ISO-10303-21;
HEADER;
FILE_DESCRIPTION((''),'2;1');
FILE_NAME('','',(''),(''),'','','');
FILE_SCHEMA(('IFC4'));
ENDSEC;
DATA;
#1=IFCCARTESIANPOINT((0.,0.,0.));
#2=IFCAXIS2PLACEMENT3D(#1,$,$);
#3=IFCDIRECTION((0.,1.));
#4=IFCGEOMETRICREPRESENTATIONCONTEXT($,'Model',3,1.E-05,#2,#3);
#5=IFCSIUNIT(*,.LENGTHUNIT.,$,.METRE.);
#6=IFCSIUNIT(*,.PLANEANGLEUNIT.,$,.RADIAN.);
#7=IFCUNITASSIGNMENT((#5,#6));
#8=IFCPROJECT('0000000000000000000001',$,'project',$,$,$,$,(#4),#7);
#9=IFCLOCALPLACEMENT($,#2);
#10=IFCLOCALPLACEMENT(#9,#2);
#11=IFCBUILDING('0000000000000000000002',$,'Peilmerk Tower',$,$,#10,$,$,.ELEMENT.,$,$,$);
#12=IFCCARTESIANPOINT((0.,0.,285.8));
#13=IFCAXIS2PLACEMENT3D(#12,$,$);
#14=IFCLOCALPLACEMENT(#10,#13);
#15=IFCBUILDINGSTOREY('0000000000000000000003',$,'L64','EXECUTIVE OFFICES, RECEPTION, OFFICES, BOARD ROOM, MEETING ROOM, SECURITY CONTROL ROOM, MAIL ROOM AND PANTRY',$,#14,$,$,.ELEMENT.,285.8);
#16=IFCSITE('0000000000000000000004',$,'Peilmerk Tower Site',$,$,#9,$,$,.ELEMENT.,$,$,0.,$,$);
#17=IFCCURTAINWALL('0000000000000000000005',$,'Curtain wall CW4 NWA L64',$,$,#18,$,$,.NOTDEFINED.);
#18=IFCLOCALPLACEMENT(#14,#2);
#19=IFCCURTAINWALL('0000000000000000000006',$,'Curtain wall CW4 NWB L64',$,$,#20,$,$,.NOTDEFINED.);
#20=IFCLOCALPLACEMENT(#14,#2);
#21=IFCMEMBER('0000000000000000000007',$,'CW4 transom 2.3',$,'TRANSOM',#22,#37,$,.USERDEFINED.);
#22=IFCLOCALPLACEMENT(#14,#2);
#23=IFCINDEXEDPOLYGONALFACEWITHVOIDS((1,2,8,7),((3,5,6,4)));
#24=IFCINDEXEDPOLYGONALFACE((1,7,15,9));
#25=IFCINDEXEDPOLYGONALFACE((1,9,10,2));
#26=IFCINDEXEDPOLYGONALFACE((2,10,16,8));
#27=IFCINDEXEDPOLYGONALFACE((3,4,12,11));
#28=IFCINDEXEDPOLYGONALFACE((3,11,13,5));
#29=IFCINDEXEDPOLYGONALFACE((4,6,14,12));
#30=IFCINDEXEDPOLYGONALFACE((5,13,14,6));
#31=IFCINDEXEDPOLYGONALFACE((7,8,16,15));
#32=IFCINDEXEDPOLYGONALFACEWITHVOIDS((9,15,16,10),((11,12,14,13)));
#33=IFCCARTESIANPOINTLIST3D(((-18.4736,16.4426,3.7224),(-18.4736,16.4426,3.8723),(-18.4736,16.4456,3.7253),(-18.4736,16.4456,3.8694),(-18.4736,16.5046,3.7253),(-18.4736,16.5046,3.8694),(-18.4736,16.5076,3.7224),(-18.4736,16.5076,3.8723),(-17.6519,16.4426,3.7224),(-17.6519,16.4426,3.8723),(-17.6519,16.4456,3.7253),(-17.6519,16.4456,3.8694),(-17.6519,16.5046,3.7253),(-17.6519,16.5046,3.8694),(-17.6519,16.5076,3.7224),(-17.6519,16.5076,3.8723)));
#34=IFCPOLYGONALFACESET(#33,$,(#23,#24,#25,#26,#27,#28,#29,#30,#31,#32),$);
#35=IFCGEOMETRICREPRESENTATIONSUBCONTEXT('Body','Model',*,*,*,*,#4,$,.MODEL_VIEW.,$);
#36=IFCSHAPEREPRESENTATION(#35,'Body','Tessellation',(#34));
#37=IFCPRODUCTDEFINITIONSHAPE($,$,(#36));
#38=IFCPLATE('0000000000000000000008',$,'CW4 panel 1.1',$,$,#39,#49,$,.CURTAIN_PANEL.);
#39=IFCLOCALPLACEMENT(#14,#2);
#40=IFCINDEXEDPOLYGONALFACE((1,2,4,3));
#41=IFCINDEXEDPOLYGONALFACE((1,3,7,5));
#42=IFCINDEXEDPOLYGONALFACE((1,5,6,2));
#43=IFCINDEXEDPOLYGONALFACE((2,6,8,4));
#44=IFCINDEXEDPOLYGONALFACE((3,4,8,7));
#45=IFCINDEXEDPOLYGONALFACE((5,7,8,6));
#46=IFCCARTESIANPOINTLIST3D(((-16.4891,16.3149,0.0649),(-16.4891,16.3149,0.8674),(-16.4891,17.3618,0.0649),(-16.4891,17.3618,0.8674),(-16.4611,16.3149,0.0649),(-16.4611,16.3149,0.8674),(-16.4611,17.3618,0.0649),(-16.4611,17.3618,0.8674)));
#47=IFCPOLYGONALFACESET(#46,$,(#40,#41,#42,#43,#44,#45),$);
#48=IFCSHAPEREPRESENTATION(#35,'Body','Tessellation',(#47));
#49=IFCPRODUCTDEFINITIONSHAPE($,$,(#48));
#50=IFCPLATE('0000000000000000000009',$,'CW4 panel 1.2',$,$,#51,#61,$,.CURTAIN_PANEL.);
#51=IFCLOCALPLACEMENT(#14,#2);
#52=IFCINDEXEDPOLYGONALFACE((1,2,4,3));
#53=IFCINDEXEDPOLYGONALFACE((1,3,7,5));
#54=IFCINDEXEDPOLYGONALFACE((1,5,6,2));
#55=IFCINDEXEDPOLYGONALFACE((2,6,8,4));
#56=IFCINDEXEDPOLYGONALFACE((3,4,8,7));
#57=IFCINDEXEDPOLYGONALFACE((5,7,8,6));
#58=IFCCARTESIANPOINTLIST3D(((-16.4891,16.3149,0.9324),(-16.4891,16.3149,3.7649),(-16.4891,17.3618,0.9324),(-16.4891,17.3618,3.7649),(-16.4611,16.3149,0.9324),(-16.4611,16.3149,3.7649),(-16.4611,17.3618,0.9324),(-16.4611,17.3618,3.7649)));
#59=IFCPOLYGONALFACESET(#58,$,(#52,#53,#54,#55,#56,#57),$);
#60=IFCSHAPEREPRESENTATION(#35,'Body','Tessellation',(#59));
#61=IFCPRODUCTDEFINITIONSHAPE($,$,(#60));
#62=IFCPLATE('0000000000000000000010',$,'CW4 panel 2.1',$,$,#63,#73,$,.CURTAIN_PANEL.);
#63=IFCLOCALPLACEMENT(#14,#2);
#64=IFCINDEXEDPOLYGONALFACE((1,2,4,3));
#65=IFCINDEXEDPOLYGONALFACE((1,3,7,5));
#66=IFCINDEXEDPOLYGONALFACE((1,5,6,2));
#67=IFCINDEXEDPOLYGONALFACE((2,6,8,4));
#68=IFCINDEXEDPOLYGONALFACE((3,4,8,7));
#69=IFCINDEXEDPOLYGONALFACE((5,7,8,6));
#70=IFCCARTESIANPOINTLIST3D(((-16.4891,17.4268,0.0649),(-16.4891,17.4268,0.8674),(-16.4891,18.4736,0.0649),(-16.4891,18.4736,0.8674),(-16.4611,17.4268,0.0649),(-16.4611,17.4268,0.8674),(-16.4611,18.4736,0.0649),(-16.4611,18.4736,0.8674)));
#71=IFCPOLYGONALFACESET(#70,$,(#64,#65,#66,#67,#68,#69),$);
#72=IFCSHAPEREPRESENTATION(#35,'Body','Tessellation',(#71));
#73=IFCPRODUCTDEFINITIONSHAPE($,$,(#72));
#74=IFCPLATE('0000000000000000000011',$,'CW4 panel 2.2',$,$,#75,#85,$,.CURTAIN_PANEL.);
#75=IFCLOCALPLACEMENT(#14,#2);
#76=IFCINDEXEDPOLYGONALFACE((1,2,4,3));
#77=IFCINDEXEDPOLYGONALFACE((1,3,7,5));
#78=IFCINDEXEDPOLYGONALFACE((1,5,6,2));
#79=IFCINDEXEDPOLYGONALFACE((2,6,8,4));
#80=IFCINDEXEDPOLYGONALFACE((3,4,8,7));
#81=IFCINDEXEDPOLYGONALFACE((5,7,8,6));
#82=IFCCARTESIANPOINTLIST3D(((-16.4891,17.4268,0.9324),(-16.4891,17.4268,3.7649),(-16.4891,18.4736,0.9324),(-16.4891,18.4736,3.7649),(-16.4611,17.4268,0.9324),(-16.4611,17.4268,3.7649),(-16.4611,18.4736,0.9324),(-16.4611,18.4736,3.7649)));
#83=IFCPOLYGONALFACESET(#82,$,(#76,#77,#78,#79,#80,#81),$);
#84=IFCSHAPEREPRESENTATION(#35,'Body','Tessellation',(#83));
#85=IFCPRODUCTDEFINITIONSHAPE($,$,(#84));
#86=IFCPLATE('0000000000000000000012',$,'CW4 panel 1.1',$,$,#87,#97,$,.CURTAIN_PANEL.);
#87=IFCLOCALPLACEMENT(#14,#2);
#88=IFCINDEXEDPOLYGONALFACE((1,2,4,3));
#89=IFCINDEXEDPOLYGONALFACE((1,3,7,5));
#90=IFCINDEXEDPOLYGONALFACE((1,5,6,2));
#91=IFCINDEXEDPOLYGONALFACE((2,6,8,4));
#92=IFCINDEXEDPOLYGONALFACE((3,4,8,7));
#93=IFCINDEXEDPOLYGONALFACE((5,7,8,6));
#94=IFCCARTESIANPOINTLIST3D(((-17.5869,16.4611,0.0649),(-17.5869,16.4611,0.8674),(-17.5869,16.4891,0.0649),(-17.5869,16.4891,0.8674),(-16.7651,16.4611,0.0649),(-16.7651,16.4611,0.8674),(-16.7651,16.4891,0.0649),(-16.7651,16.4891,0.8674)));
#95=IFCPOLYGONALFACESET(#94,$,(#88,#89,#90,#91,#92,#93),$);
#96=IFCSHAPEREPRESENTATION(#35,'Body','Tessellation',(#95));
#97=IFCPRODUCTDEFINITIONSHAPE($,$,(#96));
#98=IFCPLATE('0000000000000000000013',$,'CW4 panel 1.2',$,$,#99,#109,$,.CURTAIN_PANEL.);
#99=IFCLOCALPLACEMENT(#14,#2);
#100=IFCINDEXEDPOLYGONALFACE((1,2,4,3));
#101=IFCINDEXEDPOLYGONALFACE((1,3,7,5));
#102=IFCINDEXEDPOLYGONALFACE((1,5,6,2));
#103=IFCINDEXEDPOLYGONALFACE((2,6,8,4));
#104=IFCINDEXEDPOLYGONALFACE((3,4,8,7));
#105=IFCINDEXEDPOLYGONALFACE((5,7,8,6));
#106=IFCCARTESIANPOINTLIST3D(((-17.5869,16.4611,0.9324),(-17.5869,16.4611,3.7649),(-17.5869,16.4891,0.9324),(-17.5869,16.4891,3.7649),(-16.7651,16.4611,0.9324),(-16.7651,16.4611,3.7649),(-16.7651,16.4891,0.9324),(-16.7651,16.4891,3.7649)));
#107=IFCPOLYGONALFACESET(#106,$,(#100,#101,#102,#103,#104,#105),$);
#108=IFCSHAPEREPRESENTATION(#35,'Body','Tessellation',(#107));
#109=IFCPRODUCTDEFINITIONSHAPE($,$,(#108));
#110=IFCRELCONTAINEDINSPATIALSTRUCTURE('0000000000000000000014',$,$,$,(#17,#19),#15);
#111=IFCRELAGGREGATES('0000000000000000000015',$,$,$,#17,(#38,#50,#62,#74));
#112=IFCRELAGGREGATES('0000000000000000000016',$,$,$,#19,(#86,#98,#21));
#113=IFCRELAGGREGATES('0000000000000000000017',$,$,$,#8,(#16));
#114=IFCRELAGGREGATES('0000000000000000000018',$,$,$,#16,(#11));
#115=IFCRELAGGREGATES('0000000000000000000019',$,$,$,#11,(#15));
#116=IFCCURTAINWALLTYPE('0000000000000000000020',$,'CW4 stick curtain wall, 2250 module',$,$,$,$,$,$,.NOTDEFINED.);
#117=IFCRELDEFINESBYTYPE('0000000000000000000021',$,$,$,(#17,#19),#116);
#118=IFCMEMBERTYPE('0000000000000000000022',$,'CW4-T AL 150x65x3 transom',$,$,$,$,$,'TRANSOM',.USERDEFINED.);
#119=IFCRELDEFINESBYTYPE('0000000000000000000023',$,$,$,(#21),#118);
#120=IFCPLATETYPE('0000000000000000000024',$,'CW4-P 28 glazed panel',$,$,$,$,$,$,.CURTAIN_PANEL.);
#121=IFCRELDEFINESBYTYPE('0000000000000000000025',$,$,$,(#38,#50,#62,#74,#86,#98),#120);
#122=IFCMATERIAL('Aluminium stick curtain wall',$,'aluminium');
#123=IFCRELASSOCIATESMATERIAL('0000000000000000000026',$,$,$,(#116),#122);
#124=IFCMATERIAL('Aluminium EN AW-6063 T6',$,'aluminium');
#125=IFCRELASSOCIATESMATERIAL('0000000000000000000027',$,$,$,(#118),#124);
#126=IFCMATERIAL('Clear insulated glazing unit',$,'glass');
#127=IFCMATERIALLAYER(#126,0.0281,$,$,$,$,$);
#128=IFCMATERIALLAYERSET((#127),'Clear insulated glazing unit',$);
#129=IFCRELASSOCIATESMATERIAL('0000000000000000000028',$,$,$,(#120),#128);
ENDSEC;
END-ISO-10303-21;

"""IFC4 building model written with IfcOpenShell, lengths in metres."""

from ifc_helpers import new_model, si_unit, direction, frame, origin, origin_2d, place, context, subcontext, project, spatial, rectangle, hollow_rectangle, extrude, material, layer, layer_set, material_profile, profile_set, type_object, element, aggregate, save


model = new_model("IFC4")

# Units and contexts
model_context = context("Model", 3, precision=1e-05, world=origin(), true_north=direction((0.0, 1.0)))
body_context = subcontext(model_context, "Body", "Model", "MODEL_VIEW")
ifc_project = project(units=[si_unit("LENGTHUNIT", "METRE"), si_unit("PLANEANGLEUNIT", "RADIAN")], contexts=[model_context])

# Site, building, storey
site_placement = place(None, origin())
site = spatial("IfcSite", under=ifc_project, at=site_placement, Name="Peilmerk Tower Site", CompositionType="ELEMENT", RefElevation=0.0)
building_placement = place(site_placement, origin())
building = spatial("IfcBuilding", under=site, at=building_placement, Name="Peilmerk Tower", CompositionType="ELEMENT")
storey_placement = place(building_placement, frame((0.0, 0.0, 285.8)))
storey = spatial("IfcBuildingStorey", under=building, at=storey_placement, Name="L64", Description="EXECUTIVE OFFICES, RECEPTION, OFFICES, BOARD ROOM, MEETING ROOM, SECURITY CONTROL ROOM, MAIL ROOM AND PANTRY", CompositionType="ELEMENT", Elevation=285.8)

# Curtain walls
ifc_material_1 = material(Name="Aluminium stick curtain wall", Category="aluminium")
curtain_wall_type = type_object("IfcCurtainWallType", Name="CW4 stick curtain wall, 2250 module", PredefinedType="NOTDEFINED", material=ifc_material_1)
curtain_wall_1_placement = place(storey_placement, origin())
curtain_wall_1 = element("IfcCurtainWall", 1, at=curtain_wall_1_placement, inside=storey, type_object=curtain_wall_type, Name="Curtain wall CW4 NWA L64", PredefinedType="NOTDEFINED")
ifc_material_2 = material(Name="Aluminium EN AW-6063 T6", Category="aluminium")
curtain_wall_2_placement = place(storey_placement, origin())
curtain_wall_2 = element("IfcCurtainWall", 2, at=curtain_wall_2_placement, inside=storey, type_object=curtain_wall_type, Name="Curtain wall CW4 NWB L64", PredefinedType="NOTDEFINED")

# Member
ifc_material_profile_1 = material_profile(ifc_material_2, hollow_rectangle(XDim=0.0649, YDim=0.1499, WallThickness=0.0029, at=origin_2d()), Name="AL 150x65x3")
ifc_profile_set_1 = profile_set([ifc_material_profile_1], Name="Aluminium EN AW-6063 T6")
member_type_1 = type_object("IfcMemberType", Name="CW4-T AL 150x65x3 transom", ElementType="TRANSOM", PredefinedType="USERDEFINED", material=ifc_profile_set_1)
member_1_placement = place(storey_placement, frame((-17.6519, 16.4751, 3.7974), z_axis=(-1.0, 0.0, 0.0), x_axis=(0.0, -1.0, 0.0)))
member_1 = element("IfcMember", 3, at=member_1_placement, type_object=member_type_1, Name="CW4 transom 2.3", ObjectType="TRANSOM", PredefinedType="USERDEFINED", context=body_context, shape_type="SweptSolid", body=[
    extrude(hollow_rectangle(XDim=0.0649, YDim=0.1499, WallThickness=0.0029, at=origin_2d()), origin(), (0.0, 0.0, 1.0), 0.8218),
])

# Plates
ifc_material_3 = material(Name="Clear insulated glazing unit", Category="glass")
ifc_layer_1 = layer(ifc_material_3, 0.0281)
ifc_layer_set_1 = layer_set([ifc_layer_1], Name="Clear insulated glazing unit")
plate_type = type_object("IfcPlateType", Name="CW4-P 28 glazed panel", PredefinedType="CURTAIN_PANEL", material=ifc_layer_set_1)
plate_1_placement = place(storey_placement, frame((-16.4751, 16.8384, 0.0649), z_axis=(0.0, 0.0, 1.0), x_axis=(0.0, 1.0, 0.0)))
plate_1 = element("IfcPlate", 4, at=plate_1_placement, type_object=plate_type, Name="CW4 panel 1.1", PredefinedType="CURTAIN_PANEL", context=body_context, shape_type="SweptSolid", body=[
    extrude(rectangle(XDim=1.0469, YDim=0.0281, at=origin_2d()), origin(), (0.0, 0.0, 1.0), 0.8025),
])
plate_2_placement = place(storey_placement, frame((-16.4751, 16.8384, 0.9324), z_axis=(0.0, 0.0, 1.0), x_axis=(0.0, 1.0, 0.0)))
plate_2 = element("IfcPlate", 5, at=plate_2_placement, type_object=plate_type, Name="CW4 panel 1.2", PredefinedType="CURTAIN_PANEL", context=body_context, shape_type="SweptSolid", body=[
    extrude(rectangle(XDim=1.0469, YDim=0.0281, at=origin_2d()), origin(), (0.0, 0.0, 1.0), 2.8325),
])
plate_3_placement = place(storey_placement, frame((-16.4751, 17.9502, 0.0649), z_axis=(0.0, 0.0, 1.0), x_axis=(0.0, 1.0, 0.0)))
plate_3 = element("IfcPlate", 6, at=plate_3_placement, type_object=plate_type, Name="CW4 panel 2.1", PredefinedType="CURTAIN_PANEL", context=body_context, shape_type="SweptSolid", body=[
    extrude(rectangle(XDim=1.0469, YDim=0.0281, at=origin_2d()), origin(), (0.0, 0.0, 1.0), 0.8025),
])
plate_4_placement = place(storey_placement, frame((-16.4751, 17.9502, 0.9324), z_axis=(0.0, 0.0, 1.0), x_axis=(0.0, 1.0, 0.0)))
plate_4 = element("IfcPlate", 7, at=plate_4_placement, type_object=plate_type, Name="CW4 panel 2.2", PredefinedType="CURTAIN_PANEL", context=body_context, shape_type="SweptSolid", body=[
    extrude(rectangle(XDim=1.0469, YDim=0.0281, at=origin_2d()), origin(), (0.0, 0.0, 1.0), 2.8325),
])
aggregate(curtain_wall_1, [plate_1, plate_2, plate_3, plate_4])
plate_5_placement = place(storey_placement, frame((-17.176, 16.4751, 0.0649), z_axis=(0.0, 0.0, 1.0), x_axis=(-1.0, 0.0, 0.0)))
plate_5 = element("IfcPlate", 8, at=plate_5_placement, type_object=plate_type, Name="CW4 panel 1.1", PredefinedType="CURTAIN_PANEL", context=body_context, shape_type="SweptSolid", body=[
    extrude(rectangle(XDim=0.8218, YDim=0.0281, at=origin_2d()), origin(), (0.0, 0.0, 1.0), 0.8025),
])
plate_6_placement = place(storey_placement, frame((-17.176, 16.4751, 0.9324), z_axis=(0.0, 0.0, 1.0), x_axis=(-1.0, 0.0, 0.0)))
plate_6 = element("IfcPlate", 9, at=plate_6_placement, type_object=plate_type, Name="CW4 panel 1.2", PredefinedType="CURTAIN_PANEL", context=body_context, shape_type="SweptSolid", body=[
    extrude(rectangle(XDim=0.8218, YDim=0.0281, at=origin_2d()), origin(), (0.0, 0.0, 1.0), 2.8325),
])
aggregate(curtain_wall_2, [plate_5, plate_6, member_1])

save(model, "model.ifc")
